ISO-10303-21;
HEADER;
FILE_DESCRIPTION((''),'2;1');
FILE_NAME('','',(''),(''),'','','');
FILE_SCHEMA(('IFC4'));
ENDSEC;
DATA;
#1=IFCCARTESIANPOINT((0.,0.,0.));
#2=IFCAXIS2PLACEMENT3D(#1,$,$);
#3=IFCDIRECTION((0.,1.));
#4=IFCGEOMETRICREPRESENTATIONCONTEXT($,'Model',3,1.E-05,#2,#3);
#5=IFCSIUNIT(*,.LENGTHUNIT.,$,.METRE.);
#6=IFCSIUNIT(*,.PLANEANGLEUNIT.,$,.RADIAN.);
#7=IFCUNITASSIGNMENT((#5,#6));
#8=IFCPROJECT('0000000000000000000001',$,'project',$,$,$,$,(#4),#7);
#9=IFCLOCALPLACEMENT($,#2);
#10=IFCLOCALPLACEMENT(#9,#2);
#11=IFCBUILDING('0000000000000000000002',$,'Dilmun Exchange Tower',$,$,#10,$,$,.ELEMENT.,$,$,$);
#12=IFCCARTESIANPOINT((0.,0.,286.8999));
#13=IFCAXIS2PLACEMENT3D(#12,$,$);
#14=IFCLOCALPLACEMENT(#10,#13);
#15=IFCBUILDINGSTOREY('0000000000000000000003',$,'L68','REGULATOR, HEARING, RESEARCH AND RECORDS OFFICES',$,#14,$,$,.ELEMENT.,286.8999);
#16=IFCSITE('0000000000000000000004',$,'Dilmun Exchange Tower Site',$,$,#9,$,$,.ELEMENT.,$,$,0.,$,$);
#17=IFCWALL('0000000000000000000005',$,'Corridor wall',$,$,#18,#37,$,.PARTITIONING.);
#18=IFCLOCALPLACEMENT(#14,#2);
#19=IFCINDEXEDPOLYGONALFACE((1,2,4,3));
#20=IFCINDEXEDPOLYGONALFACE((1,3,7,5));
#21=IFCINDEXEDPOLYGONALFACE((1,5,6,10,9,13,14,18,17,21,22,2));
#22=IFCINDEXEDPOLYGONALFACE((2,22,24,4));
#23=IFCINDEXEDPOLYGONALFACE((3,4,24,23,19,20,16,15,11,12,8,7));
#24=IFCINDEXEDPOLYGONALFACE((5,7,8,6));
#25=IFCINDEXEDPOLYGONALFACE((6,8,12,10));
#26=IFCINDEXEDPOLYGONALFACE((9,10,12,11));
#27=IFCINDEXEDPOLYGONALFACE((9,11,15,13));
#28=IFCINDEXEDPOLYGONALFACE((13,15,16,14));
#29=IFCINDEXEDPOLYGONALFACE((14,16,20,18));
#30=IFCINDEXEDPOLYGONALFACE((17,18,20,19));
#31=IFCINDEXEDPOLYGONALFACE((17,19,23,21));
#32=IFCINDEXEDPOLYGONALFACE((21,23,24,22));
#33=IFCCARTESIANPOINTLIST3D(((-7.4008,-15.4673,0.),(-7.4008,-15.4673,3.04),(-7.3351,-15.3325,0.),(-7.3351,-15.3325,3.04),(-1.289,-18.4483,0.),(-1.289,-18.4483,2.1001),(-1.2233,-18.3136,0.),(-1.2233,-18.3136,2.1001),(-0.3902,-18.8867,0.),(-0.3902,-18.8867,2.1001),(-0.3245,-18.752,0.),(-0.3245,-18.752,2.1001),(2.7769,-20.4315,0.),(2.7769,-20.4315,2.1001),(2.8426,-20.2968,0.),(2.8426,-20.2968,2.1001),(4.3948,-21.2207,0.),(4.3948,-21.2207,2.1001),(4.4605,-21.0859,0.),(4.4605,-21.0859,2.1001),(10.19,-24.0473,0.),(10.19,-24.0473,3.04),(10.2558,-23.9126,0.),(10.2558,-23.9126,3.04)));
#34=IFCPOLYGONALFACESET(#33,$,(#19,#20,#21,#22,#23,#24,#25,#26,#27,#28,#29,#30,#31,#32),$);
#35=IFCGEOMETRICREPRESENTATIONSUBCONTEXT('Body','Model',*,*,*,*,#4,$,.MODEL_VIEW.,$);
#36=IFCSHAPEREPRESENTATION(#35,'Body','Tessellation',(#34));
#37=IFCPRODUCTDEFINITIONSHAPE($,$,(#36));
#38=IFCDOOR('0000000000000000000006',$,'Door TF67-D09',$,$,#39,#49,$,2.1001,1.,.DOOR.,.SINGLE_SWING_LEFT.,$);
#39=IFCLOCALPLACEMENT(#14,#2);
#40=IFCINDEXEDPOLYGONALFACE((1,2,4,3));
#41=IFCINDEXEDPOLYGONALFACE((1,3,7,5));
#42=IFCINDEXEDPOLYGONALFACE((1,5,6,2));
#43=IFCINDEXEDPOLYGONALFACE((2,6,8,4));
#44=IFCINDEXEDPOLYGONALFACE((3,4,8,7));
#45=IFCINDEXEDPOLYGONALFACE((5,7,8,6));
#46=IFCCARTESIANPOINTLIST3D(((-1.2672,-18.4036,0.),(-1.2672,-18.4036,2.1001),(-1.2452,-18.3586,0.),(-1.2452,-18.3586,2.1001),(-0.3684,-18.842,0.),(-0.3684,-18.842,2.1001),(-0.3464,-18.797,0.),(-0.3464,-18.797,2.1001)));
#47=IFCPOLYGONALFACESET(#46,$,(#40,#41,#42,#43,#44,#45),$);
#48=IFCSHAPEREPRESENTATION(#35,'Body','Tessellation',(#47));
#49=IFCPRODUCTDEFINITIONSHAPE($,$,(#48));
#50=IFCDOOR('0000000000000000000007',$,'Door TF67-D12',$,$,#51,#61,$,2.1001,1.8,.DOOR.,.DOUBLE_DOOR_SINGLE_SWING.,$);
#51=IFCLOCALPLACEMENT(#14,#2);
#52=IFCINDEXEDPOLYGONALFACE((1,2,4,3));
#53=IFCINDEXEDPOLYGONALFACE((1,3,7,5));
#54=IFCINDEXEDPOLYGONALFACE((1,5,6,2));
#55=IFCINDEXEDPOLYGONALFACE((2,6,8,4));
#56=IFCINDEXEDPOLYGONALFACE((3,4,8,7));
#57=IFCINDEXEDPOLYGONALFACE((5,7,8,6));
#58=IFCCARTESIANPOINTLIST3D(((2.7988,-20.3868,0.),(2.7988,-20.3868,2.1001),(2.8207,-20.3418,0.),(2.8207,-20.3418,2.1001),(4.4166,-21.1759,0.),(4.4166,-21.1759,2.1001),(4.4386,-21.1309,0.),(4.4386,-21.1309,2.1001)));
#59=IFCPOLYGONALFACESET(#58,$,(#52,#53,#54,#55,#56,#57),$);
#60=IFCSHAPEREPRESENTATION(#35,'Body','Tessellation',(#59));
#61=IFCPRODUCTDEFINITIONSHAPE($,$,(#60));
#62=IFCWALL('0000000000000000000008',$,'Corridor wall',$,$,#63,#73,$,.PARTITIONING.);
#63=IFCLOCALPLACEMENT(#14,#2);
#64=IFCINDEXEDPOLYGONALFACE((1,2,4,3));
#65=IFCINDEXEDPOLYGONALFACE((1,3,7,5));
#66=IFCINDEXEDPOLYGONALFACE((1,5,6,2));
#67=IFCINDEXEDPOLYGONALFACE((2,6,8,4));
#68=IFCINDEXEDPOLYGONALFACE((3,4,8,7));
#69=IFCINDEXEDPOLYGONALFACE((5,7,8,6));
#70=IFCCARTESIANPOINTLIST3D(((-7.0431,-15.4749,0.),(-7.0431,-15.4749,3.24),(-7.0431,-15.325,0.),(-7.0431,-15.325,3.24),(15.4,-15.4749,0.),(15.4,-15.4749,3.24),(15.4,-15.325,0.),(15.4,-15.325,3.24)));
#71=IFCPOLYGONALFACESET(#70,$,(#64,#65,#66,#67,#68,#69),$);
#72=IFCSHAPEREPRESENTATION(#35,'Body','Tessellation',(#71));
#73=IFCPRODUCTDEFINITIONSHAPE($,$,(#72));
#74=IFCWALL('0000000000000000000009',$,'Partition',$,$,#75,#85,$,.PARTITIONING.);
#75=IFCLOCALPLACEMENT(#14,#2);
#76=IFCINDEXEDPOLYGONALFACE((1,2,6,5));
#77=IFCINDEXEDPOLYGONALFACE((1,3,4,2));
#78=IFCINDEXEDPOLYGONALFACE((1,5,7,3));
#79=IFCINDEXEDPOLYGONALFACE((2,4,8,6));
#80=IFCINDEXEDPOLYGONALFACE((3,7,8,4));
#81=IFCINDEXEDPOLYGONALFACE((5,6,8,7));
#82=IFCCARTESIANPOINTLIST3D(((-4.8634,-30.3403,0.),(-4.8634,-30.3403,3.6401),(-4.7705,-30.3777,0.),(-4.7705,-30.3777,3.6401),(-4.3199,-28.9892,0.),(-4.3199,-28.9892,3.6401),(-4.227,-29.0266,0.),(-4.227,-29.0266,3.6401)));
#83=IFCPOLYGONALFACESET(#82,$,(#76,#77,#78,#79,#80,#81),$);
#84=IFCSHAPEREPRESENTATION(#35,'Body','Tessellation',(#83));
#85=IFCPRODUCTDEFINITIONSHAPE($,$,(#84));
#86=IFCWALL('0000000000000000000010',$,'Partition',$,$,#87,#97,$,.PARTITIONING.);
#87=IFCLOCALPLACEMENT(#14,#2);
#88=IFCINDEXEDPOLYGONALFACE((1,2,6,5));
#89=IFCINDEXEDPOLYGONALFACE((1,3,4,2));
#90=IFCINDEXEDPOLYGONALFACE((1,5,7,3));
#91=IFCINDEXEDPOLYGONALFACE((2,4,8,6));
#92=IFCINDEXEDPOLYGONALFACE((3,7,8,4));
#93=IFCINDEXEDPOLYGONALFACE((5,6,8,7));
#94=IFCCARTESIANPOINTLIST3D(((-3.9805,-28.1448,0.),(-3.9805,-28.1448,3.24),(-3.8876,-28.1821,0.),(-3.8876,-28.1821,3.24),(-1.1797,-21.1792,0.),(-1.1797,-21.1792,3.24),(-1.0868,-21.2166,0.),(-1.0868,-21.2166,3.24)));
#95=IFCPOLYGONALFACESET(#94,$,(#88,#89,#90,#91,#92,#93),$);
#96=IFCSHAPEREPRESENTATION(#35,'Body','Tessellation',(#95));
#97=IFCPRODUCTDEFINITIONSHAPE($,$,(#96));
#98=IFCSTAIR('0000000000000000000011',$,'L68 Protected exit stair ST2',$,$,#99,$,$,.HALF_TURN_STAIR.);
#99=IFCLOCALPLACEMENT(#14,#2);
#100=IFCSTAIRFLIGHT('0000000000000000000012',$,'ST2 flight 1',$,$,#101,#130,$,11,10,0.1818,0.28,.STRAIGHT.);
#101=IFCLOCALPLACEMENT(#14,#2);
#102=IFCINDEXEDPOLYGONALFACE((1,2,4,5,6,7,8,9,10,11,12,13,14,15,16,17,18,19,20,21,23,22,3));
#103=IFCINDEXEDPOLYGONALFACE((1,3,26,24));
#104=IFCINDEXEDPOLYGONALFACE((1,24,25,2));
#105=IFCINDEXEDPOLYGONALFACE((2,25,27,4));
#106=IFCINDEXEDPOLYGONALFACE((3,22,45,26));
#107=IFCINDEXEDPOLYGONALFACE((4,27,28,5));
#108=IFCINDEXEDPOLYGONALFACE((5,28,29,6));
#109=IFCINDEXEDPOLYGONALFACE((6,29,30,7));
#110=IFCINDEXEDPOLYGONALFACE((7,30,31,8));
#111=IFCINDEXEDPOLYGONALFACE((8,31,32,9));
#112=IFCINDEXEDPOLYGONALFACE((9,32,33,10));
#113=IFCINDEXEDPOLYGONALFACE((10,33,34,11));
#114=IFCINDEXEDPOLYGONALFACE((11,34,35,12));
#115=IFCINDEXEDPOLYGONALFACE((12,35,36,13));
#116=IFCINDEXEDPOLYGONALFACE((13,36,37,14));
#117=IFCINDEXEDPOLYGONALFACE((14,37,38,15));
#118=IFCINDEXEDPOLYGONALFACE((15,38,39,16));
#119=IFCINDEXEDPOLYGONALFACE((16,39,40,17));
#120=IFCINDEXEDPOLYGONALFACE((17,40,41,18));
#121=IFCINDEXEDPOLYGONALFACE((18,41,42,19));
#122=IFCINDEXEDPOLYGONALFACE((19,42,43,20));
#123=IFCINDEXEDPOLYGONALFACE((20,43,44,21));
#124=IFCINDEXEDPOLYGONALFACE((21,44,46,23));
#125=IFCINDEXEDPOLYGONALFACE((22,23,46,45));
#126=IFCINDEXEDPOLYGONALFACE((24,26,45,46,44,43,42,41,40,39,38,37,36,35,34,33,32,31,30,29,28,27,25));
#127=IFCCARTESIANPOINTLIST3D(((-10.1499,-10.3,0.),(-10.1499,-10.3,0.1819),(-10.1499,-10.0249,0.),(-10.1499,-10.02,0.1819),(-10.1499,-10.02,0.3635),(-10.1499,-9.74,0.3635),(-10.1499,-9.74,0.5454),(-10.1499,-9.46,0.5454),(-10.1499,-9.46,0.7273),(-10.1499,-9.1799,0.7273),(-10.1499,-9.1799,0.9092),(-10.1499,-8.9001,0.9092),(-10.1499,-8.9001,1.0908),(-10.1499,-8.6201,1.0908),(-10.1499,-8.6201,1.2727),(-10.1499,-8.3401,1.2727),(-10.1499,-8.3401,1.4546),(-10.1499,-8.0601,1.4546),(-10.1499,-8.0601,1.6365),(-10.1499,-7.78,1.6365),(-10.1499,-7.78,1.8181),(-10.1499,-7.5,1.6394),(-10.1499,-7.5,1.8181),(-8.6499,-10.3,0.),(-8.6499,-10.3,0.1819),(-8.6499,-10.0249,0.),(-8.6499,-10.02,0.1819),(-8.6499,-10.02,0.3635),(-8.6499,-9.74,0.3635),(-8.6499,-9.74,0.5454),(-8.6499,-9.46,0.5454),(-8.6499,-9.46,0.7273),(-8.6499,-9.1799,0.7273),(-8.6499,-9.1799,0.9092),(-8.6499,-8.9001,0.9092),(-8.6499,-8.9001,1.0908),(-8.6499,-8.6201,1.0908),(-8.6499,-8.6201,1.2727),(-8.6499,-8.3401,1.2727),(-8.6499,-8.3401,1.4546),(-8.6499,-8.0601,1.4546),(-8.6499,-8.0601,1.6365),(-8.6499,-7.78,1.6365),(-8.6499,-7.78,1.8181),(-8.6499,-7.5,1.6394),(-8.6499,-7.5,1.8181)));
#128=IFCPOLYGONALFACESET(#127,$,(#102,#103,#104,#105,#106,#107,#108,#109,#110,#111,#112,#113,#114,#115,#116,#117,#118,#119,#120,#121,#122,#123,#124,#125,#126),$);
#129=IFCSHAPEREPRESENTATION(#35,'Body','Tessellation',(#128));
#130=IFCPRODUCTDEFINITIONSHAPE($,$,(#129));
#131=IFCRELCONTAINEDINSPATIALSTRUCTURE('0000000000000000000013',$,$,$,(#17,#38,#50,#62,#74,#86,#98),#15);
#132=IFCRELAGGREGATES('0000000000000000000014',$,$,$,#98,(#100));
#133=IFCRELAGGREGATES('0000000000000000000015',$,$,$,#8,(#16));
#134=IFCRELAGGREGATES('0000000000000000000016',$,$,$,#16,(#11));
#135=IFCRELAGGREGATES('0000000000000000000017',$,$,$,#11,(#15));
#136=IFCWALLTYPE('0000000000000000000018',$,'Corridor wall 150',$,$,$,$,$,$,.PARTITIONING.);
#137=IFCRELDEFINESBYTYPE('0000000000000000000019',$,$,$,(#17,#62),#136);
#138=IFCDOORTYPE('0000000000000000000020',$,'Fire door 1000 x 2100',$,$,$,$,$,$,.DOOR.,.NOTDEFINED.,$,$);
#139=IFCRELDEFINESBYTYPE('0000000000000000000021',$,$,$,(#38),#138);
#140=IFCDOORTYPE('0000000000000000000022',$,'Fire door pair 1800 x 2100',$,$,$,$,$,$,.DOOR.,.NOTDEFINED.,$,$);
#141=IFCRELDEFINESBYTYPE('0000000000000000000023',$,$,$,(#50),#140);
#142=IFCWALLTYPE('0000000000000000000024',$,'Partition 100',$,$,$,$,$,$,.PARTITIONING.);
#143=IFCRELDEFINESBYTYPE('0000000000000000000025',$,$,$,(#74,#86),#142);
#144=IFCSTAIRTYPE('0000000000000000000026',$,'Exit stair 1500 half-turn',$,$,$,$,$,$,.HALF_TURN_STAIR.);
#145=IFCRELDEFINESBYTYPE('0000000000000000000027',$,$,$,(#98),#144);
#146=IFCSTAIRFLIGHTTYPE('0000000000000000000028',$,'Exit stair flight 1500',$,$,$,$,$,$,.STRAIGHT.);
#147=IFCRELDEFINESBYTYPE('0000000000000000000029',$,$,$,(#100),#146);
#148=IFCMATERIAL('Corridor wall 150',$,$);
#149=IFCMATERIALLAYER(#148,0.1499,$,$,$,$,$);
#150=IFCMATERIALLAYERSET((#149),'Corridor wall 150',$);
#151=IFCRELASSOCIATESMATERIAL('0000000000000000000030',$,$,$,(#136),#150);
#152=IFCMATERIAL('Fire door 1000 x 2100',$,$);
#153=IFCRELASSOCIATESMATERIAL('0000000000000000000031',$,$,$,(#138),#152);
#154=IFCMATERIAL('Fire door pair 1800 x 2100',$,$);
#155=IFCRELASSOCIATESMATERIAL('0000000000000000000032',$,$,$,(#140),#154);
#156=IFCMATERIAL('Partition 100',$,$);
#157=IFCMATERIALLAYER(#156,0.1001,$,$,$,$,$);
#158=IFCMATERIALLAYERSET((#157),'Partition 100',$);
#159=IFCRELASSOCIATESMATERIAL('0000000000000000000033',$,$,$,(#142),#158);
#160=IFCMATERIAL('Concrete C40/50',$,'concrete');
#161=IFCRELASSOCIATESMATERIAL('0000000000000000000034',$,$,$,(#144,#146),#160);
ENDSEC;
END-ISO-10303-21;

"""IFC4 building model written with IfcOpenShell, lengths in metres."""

from ifc_helpers import new_model, si_unit, direction, frame, frame_2d, origin, place, context, subcontext, project, spatial, polyline, rectangle, outline, extrude, material, layer, layer_set, type_object, element, fill, aggregate, save


model = new_model("IFC4")

# Units and contexts
model_context = context("Model", 3, precision=1e-05, world=origin(), true_north=direction((0.0, 1.0)))
body_context = subcontext(model_context, "Body", "Model", "MODEL_VIEW")
ifc_project = project(units=[si_unit("LENGTHUNIT", "METRE"), si_unit("PLANEANGLEUNIT", "RADIAN")], contexts=[model_context])

# Site, building, storey
site_placement = place(None, origin())
site = spatial("IfcSite", under=ifc_project, at=site_placement, Name="Dilmun Exchange Tower Site", CompositionType="ELEMENT", RefElevation=0.0)
building_placement = place(site_placement, origin())
building = spatial("IfcBuilding", under=site, at=building_placement, Name="Dilmun Exchange Tower", CompositionType="ELEMENT")
storey_placement = place(building_placement, frame((0.0, 0.0, 286.8999)))
storey = spatial("IfcBuildingStorey", under=building, at=storey_placement, Name="L68", Description="REGULATOR, HEARING, RESEARCH AND RECORDS OFFICES", CompositionType="ELEMENT", Elevation=286.8999)

# Shared definitions
ifc_material_1 = material(Name="Concrete C40/50", Category="concrete")

# Wall, openings, doors
ifc_material_2 = material(Name="Corridor wall 150")
ifc_layer_1 = layer(ifc_material_2, 0.1499)
ifc_layer_set_1 = layer_set([ifc_layer_1], Name="Corridor wall 150")
wall_type_1 = type_object("IfcWallType", Name="Corridor wall 150", PredefinedType="PARTITIONING", material=ifc_layer_set_1)
wall_1_placement = place(storey_placement, frame((-7.3679, -15.3999, 0.0), z_axis=(0.0, 0.0, 1.0), x_axis=(0.898785, -0.43839, 0.0)))
wall_1 = element("IfcWall", 1, at=wall_1_placement, inside=storey, type_object=wall_type_1, Name="Corridor wall", PredefinedType="PARTITIONING", context=body_context, shape_type="SweptSolid", body=[
    extrude(rectangle(XDim=19.5718, YDim=0.1499, at=frame_2d((9.7859, 0.0))), origin(), (0.0, 0.0, 1.0), 3.04),
])
opening_1_placement = place(wall_1_placement, frame((6.8, 0.0, 0.0)))
opening_1 = element("IfcOpeningElement", 2, at=opening_1_placement, cuts=wall_1, PredefinedType="OPENING", context=body_context, shape_type="SweptSolid", body=[
    extrude(rectangle(XDim=1.0, YDim=2.1001, at=frame_2d((0.5, 1.05))), frame((0.0, 0.085, 0.0), z_axis=(0.0, -1.0, 0.0), x_axis=(1.0, 0.0, 0.0)), (0.0, 0.0, 1.0), 0.1699),
])
opening_2_placement = place(wall_1_placement, frame((11.324, 0.0, 0.0)))
opening_2 = element("IfcOpeningElement", 3, at=opening_2_placement, cuts=wall_1, PredefinedType="OPENING", context=body_context, shape_type="SweptSolid", body=[
    extrude(rectangle(XDim=1.8, YDim=2.1001, at=frame_2d((0.8999, 1.05))), frame((0.0, 0.085, 0.0), z_axis=(0.0, -1.0, 0.0), x_axis=(1.0, 0.0, 0.0)), (0.0, 0.0, 1.0), 0.1699),
])
ifc_material_3 = material(Name="Fire door 1000 x 2100")
door_type_1 = type_object("IfcDoorType", Name="Fire door 1000 x 2100", OperationType="NOTDEFINED", PredefinedType="DOOR", material=ifc_material_3)
door_1_placement = place(opening_1_placement, origin())
door_1 = element("IfcDoor", 4, at=door_1_placement, inside=storey, type_object=door_type_1, Name="Door TF67-D09", OperationType="SINGLE_SWING_LEFT", OverallHeight=2.1001, OverallWidth=1.0, PredefinedType="DOOR", context=body_context, shape_type="SweptSolid", body=[
    extrude(rectangle(XDim=1.0, YDim=2.1001, at=frame_2d((0.5, 1.05))), frame((0.0, 0.0249, 0.0), z_axis=(0.0, -1.0, 0.0), x_axis=(1.0, 0.0, 0.0)), (0.0, 0.0, 1.0), 0.05),
])
fill(opening_1, door_1)
ifc_material_4 = material(Name="Fire door pair 1800 x 2100")
door_type_2 = type_object("IfcDoorType", Name="Fire door pair 1800 x 2100", OperationType="NOTDEFINED", PredefinedType="DOOR", material=ifc_material_4)
door_2_placement = place(opening_2_placement, origin())
door_2 = element("IfcDoor", 5, at=door_2_placement, inside=storey, type_object=door_type_2, Name="Door TF67-D12", OperationType="DOUBLE_DOOR_SINGLE_SWING", OverallHeight=2.1001, OverallWidth=1.8, PredefinedType="DOOR", context=body_context, shape_type="SweptSolid", body=[
    extrude(rectangle(XDim=1.8, YDim=2.1001, at=frame_2d((0.8999, 1.05))), frame((0.0, 0.0249, 0.0), z_axis=(0.0, -1.0, 0.0), x_axis=(1.0, 0.0, 0.0)), (0.0, 0.0, 1.0), 0.05),
])
fill(opening_2, door_2)

# Walls
wall_2_placement = place(storey_placement, frame((-7.0432, -15.3999, 0.0), z_axis=(0.0, 0.0, 1.0), x_axis=(1.0, 0.0, 0.0)))
element("IfcWall", 6, at=wall_2_placement, inside=storey, type_object=wall_type_1, Name="Corridor wall", PredefinedType="PARTITIONING", context=body_context, shape_type="SweptSolid", body=[
    extrude(rectangle(XDim=22.4431, YDim=0.1499, at=frame_2d((11.2217, 0.0))), origin(), (0.0, 0.0, 1.0), 3.24),
])
ifc_material_5 = material(Name="Partition 100")
ifc_layer_2 = layer(ifc_material_5, 0.1001)
ifc_layer_set_2 = layer_set([ifc_layer_2], Name="Partition 100")
wall_type_2 = type_object("IfcWallType", Name="Partition 100", PredefinedType="PARTITIONING", material=ifc_layer_set_2)
wall_3_placement = place(storey_placement, frame((-4.8169, -30.3589, 0.0), z_axis=(0.0, 0.0, 1.0), x_axis=(0.373182, 0.927758, 0.0)))
element("IfcWall", 7, at=wall_3_placement, inside=storey, type_object=wall_type_2, Name="Partition", PredefinedType="PARTITIONING", context=body_context, shape_type="SweptSolid", body=[
    extrude(rectangle(XDim=1.4563, YDim=0.1001, at=frame_2d((0.728, 0.0))), origin(), (0.0, 0.0, 1.0), 3.6401),
])
wall_4_placement = place(storey_placement, frame((-3.9341, -28.1636, 0.0), z_axis=(0.0, 0.0, 1.0), x_axis=(0.373061, 0.927807, 0.0)))
element("IfcWall", 8, at=wall_4_placement, inside=storey, type_object=wall_type_2, Name="Partition", PredefinedType="PARTITIONING", context=body_context, shape_type="SweptSolid", body=[
    extrude(rectangle(XDim=7.5076, YDim=0.1001, at=frame_2d((3.7539, 0.0))), origin(), (0.0, 0.0, 1.0), 3.24),
])

# Stair, stair flight
stair_type = type_object("IfcStairType", Name="Exit stair 1500 half-turn", PredefinedType="HALF_TURN_STAIR", material=ifc_material_1)
stair_placement = place(storey_placement, origin())
stair = element("IfcStair", 9, at=stair_placement, inside=storey, type_object=stair_type, Name="L68 Protected exit stair ST2", PredefinedType="HALF_TURN_STAIR")
stair_flight_type = type_object("IfcStairFlightType", Name="Exit stair flight 1500", PredefinedType="STRAIGHT", material=ifc_material_1)
stair_flight_placement = place(storey_placement, frame((-9.3999, -10.3, 0.0), z_axis=(0.0, 0.0, 1.0), x_axis=(0.0, 1.0, 0.0)))
stair_flight = element("IfcStairFlight", 10, at=stair_flight_placement, type_object=stair_flight_type, Name="ST2 flight 1", NumberOfRisers=11, NumberOfTreads=10, PredefinedType="STRAIGHT", RiserHeight=0.1818, TreadLength=0.28, context=body_context, shape_type="SweptSolid", body=[
    extrude(outline(polyline([(0.0, 0.0), (0.0, 0.1819), (0.28, 0.1819), (0.28, 0.3635), (0.5601, 0.3635), (0.5601, 0.5454), (0.8401, 0.5454), (0.8401, 0.7273), (1.1201, 0.7273), (1.1201, 0.9092), (1.3999, 0.9092), (1.3999, 1.0908), (1.6799, 1.0908), (1.6799, 1.2727), (1.96, 1.2727), (1.96, 1.4546), (2.24, 1.4546), (2.24, 1.6365), (2.52, 1.6365), (2.52, 1.8181), (2.8, 1.8181), (2.8, 2.0), (2.8, 1.6394), (0.2751, 0.0), (0.0, 0.0)])), frame((0.0, 0.75, 0.0), z_axis=(0.0, -1.0, 0.0), x_axis=(1.0, 0.0, 0.0)), (0.0, 0.0, 1.0), 1.5),
])
aggregate(stair, [stair_flight])

save(model, "model.ifc")
